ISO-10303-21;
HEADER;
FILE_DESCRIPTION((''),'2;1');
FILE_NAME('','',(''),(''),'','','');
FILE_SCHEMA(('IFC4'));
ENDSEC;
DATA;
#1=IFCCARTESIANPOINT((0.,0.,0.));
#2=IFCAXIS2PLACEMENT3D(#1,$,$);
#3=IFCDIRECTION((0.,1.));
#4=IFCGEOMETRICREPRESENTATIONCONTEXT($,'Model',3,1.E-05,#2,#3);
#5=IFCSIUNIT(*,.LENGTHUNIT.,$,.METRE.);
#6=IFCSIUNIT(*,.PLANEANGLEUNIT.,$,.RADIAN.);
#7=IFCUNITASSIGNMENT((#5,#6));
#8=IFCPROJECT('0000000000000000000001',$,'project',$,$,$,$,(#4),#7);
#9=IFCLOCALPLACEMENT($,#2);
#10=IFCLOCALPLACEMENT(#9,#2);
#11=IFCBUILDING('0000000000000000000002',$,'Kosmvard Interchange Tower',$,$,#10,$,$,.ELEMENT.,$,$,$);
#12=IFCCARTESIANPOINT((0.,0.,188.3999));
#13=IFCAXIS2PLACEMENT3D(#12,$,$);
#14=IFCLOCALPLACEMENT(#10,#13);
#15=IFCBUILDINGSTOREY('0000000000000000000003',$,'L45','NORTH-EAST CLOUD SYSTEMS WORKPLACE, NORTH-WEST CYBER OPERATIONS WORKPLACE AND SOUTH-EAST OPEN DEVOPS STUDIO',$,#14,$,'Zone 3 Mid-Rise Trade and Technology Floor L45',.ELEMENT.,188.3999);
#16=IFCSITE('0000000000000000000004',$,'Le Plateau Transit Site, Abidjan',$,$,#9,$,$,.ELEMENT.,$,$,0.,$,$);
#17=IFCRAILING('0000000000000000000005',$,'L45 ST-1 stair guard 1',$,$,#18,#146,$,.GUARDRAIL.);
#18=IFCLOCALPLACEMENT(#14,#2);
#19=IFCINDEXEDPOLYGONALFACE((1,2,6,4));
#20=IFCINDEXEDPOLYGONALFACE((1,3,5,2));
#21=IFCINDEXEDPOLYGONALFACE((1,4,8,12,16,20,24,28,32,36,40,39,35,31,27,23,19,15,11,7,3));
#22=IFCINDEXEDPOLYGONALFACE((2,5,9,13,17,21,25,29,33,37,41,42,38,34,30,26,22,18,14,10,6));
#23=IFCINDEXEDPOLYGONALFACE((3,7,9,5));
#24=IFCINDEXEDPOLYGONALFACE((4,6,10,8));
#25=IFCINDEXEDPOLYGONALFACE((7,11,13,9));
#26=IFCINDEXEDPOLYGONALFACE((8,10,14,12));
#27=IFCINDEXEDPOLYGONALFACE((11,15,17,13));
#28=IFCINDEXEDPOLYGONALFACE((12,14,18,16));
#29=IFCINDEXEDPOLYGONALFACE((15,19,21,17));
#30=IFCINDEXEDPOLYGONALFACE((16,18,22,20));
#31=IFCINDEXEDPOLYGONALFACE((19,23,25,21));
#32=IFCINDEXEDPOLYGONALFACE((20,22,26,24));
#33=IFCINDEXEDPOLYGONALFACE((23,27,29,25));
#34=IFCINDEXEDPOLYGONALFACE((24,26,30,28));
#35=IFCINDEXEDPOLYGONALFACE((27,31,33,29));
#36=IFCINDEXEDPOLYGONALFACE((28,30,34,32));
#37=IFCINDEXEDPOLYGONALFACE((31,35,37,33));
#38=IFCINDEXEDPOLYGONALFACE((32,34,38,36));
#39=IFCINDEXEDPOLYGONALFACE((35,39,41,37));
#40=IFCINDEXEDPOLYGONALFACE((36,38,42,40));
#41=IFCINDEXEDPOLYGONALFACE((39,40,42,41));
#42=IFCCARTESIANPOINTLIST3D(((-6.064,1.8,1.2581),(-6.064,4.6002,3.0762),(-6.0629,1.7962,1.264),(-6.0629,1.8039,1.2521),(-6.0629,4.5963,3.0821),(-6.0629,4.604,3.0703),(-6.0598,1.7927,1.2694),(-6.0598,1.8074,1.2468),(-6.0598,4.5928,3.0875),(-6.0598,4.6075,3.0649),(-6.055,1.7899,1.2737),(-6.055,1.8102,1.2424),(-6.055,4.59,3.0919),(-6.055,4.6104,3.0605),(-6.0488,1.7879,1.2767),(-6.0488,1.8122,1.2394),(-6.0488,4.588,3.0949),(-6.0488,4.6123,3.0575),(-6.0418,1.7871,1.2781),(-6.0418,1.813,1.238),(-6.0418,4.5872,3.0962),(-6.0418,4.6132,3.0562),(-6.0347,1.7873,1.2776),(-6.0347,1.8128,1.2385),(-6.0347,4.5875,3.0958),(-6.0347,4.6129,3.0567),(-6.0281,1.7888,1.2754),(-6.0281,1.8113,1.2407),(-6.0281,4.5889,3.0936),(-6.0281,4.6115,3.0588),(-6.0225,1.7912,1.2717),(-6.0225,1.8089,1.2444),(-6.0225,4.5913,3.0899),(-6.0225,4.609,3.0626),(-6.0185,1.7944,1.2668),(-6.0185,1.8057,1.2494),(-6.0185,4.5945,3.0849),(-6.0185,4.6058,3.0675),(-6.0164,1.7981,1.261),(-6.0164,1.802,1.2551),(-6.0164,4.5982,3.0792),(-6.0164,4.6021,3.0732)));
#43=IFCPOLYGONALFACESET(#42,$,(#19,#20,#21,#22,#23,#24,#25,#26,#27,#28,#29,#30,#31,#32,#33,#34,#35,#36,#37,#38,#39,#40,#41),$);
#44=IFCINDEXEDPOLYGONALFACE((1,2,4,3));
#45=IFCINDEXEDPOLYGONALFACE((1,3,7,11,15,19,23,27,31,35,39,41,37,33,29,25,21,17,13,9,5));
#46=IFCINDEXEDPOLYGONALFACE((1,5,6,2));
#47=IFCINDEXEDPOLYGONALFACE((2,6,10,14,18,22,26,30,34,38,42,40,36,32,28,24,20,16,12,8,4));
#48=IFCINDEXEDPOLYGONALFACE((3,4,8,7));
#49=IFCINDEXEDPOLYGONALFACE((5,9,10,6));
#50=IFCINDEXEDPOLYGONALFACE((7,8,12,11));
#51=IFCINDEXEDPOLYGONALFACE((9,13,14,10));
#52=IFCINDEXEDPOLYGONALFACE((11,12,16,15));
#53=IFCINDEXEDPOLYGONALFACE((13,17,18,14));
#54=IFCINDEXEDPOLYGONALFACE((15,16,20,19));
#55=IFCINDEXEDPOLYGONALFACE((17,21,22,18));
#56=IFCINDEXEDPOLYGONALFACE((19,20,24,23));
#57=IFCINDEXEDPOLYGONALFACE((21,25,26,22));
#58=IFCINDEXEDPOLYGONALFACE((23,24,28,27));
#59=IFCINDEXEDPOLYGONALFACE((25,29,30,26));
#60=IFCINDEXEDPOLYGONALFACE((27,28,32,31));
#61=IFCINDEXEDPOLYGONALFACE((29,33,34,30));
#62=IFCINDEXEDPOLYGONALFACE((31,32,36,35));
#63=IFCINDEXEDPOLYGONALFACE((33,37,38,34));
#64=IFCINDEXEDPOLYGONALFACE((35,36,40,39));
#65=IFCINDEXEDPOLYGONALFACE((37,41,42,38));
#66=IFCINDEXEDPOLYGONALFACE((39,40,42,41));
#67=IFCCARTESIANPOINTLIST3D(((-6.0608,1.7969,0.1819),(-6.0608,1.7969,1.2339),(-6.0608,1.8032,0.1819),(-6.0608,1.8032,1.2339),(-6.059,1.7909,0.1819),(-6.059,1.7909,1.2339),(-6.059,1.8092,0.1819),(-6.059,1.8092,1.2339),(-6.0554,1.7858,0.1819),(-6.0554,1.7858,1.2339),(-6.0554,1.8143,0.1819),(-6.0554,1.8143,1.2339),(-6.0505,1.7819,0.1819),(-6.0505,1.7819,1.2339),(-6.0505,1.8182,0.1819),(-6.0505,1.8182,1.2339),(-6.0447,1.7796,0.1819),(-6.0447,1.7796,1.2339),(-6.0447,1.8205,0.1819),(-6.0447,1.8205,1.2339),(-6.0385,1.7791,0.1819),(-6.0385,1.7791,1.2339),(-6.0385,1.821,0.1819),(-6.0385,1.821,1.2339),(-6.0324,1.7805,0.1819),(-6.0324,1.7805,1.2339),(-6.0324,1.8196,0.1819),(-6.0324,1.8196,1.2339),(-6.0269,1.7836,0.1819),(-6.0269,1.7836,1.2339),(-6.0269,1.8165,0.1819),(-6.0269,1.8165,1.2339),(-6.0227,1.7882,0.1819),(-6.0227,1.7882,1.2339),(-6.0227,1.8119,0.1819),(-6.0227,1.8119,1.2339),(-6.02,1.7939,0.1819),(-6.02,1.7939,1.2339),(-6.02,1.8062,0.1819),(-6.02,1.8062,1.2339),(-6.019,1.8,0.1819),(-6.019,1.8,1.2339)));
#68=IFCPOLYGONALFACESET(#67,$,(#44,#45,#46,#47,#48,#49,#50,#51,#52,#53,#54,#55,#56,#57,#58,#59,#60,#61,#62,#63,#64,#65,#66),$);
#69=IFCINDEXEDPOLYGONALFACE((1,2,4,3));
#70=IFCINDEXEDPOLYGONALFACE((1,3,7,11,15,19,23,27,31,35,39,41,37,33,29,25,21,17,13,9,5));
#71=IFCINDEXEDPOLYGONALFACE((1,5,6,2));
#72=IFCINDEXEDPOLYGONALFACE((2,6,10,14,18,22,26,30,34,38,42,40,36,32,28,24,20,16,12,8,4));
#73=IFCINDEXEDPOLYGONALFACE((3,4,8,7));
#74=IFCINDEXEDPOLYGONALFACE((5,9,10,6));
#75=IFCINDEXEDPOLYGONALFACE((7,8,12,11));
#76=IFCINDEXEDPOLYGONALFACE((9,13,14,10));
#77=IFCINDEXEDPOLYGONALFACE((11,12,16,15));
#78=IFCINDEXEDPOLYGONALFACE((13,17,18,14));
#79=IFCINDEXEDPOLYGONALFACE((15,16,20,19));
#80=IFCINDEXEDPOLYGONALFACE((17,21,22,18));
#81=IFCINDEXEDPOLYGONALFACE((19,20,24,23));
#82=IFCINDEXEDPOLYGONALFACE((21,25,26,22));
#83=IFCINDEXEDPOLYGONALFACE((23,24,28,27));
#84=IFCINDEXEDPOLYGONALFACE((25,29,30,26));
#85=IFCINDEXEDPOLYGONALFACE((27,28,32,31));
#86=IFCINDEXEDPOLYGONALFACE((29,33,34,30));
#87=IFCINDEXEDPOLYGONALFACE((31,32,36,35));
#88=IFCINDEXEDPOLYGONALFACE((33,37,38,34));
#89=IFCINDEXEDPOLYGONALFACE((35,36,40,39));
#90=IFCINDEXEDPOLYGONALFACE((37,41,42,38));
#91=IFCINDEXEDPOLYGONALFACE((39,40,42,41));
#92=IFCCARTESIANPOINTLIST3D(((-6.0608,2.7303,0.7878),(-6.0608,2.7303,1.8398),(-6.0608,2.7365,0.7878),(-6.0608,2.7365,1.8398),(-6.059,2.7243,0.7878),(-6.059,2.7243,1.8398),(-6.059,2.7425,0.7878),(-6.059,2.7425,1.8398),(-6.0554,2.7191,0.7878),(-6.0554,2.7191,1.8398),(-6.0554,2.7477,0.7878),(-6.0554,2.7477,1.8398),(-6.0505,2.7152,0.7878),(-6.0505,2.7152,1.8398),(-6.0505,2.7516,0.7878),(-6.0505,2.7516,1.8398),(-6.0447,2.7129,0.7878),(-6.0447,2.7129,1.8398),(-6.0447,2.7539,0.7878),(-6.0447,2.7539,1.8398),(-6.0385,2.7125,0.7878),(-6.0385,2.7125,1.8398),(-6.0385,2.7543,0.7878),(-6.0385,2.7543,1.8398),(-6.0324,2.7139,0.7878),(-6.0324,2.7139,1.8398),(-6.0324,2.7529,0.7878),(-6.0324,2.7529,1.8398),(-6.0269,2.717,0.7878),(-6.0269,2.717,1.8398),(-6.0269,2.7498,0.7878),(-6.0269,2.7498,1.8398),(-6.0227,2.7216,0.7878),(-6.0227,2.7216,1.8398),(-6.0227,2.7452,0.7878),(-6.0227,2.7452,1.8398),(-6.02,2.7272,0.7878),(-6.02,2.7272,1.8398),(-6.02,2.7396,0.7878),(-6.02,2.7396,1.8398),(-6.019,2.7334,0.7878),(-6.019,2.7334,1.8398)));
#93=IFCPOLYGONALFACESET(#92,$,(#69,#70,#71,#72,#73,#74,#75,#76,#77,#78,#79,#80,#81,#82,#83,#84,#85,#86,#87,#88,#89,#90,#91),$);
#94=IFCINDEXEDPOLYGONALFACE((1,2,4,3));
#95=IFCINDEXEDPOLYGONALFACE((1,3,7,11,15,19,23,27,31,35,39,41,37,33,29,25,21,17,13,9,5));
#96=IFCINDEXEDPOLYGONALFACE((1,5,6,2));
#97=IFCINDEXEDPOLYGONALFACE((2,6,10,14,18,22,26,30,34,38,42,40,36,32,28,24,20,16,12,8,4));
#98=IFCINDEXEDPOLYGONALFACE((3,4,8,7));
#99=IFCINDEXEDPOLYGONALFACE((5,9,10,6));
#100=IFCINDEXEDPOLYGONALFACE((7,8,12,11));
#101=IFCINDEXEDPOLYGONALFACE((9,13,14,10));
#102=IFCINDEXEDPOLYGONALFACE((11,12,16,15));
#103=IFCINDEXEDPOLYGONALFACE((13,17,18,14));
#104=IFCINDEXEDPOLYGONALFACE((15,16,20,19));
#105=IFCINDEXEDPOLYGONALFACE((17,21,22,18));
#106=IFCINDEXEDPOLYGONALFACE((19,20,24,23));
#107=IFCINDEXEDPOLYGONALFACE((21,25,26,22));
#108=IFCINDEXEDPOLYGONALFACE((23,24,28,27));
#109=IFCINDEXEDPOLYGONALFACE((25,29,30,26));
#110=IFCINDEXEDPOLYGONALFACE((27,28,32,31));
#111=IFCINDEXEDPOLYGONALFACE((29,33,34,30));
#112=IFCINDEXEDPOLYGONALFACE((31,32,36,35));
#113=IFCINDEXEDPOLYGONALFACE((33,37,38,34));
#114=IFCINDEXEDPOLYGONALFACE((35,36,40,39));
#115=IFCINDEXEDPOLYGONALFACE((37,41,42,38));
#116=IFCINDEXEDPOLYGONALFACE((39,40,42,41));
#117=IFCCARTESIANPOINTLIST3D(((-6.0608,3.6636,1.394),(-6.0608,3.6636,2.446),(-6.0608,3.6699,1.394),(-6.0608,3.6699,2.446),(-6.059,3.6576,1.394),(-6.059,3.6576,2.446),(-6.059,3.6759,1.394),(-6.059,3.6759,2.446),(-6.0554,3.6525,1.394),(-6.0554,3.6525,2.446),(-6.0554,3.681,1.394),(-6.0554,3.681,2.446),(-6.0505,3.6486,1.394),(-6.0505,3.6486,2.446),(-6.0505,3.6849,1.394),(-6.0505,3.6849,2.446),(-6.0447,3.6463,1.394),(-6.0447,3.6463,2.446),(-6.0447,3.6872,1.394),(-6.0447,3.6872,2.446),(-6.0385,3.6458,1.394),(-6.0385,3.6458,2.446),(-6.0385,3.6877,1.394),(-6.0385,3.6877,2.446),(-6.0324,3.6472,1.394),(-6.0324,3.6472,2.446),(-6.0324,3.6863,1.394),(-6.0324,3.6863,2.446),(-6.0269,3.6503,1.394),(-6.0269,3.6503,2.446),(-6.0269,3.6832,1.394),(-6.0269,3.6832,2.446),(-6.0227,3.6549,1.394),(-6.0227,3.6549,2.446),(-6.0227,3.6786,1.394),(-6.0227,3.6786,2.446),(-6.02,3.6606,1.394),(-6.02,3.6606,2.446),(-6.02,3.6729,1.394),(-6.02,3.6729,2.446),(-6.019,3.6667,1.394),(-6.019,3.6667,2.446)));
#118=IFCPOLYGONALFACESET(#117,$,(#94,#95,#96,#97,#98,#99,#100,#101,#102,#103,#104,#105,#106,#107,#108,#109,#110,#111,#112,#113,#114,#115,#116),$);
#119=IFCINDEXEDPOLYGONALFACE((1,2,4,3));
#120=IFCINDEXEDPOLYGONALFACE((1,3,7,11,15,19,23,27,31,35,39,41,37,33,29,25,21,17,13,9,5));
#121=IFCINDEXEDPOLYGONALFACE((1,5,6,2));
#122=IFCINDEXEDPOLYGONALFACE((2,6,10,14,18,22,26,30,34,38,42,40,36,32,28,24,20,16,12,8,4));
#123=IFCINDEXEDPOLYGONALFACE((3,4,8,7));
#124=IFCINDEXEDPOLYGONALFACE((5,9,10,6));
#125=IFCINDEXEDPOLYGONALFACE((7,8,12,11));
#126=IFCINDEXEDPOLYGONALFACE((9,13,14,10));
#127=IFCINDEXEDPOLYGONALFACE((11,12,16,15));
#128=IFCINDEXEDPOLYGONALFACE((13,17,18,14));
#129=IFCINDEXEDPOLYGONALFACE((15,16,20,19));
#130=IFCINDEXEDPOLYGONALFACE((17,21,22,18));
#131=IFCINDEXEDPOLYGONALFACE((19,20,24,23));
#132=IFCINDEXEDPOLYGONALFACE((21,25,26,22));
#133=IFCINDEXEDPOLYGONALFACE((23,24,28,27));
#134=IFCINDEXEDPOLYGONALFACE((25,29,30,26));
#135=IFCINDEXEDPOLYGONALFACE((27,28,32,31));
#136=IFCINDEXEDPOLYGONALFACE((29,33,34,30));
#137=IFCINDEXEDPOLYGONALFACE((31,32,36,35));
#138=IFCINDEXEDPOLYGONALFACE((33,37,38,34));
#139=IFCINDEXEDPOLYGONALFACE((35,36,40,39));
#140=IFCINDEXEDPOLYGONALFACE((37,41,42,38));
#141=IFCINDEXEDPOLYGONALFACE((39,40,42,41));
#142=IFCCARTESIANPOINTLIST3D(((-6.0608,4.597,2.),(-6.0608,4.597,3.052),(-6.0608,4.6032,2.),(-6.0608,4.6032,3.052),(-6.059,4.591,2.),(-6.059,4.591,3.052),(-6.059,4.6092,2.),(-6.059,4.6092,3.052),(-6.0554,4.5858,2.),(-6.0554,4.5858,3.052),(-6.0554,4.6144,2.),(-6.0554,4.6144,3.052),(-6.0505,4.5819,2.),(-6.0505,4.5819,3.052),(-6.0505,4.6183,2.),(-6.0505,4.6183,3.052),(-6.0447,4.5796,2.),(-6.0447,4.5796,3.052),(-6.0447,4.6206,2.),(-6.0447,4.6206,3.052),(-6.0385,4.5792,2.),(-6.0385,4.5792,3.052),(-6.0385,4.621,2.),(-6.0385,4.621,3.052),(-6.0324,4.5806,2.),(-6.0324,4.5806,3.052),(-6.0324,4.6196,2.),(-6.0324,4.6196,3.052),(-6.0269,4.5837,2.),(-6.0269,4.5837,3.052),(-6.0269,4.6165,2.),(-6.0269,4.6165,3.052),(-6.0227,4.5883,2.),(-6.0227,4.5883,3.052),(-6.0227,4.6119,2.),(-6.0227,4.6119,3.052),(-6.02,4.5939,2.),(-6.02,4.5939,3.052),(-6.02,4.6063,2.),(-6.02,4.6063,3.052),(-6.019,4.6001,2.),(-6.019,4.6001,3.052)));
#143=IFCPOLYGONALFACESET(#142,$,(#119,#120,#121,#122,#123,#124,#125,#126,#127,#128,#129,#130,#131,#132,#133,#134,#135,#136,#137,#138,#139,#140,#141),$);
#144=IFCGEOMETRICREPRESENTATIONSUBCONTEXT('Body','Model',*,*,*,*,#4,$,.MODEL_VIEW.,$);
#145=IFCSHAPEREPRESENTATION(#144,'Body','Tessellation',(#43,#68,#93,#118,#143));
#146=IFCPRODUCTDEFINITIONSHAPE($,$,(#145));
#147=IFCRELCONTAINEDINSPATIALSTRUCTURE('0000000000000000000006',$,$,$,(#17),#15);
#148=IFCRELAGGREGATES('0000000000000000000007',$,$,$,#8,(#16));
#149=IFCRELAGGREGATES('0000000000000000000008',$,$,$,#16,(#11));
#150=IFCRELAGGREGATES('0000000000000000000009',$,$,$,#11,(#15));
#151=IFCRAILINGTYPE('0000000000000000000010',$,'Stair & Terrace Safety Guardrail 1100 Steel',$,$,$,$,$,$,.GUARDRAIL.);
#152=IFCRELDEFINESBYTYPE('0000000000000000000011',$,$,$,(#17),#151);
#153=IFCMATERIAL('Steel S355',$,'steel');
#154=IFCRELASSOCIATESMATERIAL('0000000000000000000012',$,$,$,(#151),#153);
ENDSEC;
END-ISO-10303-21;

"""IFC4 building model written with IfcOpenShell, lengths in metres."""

from ifc_helpers import new_model, si_unit, direction, frame, origin, origin_2d, place, context, subcontext, project, spatial, circle, extrude, source, transform, mapped, material, type_object, element, save


model = new_model("IFC4")

# Units and contexts
model_context = context("Model", 3, precision=1e-05, world=origin(), true_north=direction((0.0, 1.0)))
body_context = subcontext(model_context, "Body", "Model", "MODEL_VIEW")
ifc_project = project(units=[si_unit("LENGTHUNIT", "METRE"), si_unit("PLANEANGLEUNIT", "RADIAN")], contexts=[model_context])

# Site, building, storey
site_placement = place(None, origin())
site = spatial("IfcSite", under=ifc_project, at=site_placement, Name="Le Plateau Transit Site, Abidjan", CompositionType="ELEMENT", RefElevation=0.0)
building_placement = place(site_placement, origin())
building = spatial("IfcBuilding", under=site, at=building_placement, Name="Kosmvard Interchange Tower", CompositionType="ELEMENT")
storey_placement = place(building_placement, frame((0.0, 0.0, 188.3999)))
storey = spatial("IfcBuildingStorey", under=building, at=storey_placement, Name="L45", Description="NORTH-EAST CLOUD SYSTEMS WORKPLACE, NORTH-WEST CYBER OPERATIONS WORKPLACE AND SOUTH-EAST OPEN DEVOPS STUDIO", LongName="Zone 3 Mid-Rise Trade and Technology Floor L45", CompositionType="ELEMENT", Elevation=188.3999)

# Shared definitions
ifc_material_1 = material(Name="Steel S355", Category="steel")

# Railing
railing_type_1 = type_object("IfcRailingType", Name="Stair & Terrace Safety Guardrail 1100 Steel", PredefinedType="GUARDRAIL", material=ifc_material_1)
shared_shape_1 = source(origin(), body_context, "Body", "SweptSolid", [
    extrude(circle(Radius=0.0239, at=origin_2d()), frame((0.0, 0.0, 1.0762), z_axis=(0.0, 0.838706, 0.544585), x_axis=(-1.0, 0.0, 0.0)), (0.0, 0.0, 1.0), 3.3386),
    extrude(circle(Radius=0.021, at=origin_2d()), origin(), (0.0, 0.0, 1.0), 1.052),
    extrude(circle(Radius=0.021, at=origin_2d()), frame((0.0, 0.9333, 0.606)), (0.0, 0.0, 1.0), 1.052),
    extrude(circle(Radius=0.021, at=origin_2d()), frame((0.0, 1.8667, 1.2122)), (0.0, 0.0, 1.0), 1.052),
    extrude(circle(Radius=0.021, at=origin_2d()), frame((0.0, 2.8, 1.8181)), (0.0, 0.0, 1.0), 1.052),
])
railing_1_placement = place(storey_placement, frame((-6.04, 1.8, 0.1819)))
element("IfcRailing", 1, at=railing_1_placement, inside=storey, type_object=railing_type_1, Name="L45 ST-1 stair guard 1", PredefinedType="GUARDRAIL", context=body_context, shape_type="MappedRepresentation", body=[
    mapped(shared_shape_1, transform((0.0, 0.0, 0.0), scale=1.0)),
])

save(model, "model.ifc")
